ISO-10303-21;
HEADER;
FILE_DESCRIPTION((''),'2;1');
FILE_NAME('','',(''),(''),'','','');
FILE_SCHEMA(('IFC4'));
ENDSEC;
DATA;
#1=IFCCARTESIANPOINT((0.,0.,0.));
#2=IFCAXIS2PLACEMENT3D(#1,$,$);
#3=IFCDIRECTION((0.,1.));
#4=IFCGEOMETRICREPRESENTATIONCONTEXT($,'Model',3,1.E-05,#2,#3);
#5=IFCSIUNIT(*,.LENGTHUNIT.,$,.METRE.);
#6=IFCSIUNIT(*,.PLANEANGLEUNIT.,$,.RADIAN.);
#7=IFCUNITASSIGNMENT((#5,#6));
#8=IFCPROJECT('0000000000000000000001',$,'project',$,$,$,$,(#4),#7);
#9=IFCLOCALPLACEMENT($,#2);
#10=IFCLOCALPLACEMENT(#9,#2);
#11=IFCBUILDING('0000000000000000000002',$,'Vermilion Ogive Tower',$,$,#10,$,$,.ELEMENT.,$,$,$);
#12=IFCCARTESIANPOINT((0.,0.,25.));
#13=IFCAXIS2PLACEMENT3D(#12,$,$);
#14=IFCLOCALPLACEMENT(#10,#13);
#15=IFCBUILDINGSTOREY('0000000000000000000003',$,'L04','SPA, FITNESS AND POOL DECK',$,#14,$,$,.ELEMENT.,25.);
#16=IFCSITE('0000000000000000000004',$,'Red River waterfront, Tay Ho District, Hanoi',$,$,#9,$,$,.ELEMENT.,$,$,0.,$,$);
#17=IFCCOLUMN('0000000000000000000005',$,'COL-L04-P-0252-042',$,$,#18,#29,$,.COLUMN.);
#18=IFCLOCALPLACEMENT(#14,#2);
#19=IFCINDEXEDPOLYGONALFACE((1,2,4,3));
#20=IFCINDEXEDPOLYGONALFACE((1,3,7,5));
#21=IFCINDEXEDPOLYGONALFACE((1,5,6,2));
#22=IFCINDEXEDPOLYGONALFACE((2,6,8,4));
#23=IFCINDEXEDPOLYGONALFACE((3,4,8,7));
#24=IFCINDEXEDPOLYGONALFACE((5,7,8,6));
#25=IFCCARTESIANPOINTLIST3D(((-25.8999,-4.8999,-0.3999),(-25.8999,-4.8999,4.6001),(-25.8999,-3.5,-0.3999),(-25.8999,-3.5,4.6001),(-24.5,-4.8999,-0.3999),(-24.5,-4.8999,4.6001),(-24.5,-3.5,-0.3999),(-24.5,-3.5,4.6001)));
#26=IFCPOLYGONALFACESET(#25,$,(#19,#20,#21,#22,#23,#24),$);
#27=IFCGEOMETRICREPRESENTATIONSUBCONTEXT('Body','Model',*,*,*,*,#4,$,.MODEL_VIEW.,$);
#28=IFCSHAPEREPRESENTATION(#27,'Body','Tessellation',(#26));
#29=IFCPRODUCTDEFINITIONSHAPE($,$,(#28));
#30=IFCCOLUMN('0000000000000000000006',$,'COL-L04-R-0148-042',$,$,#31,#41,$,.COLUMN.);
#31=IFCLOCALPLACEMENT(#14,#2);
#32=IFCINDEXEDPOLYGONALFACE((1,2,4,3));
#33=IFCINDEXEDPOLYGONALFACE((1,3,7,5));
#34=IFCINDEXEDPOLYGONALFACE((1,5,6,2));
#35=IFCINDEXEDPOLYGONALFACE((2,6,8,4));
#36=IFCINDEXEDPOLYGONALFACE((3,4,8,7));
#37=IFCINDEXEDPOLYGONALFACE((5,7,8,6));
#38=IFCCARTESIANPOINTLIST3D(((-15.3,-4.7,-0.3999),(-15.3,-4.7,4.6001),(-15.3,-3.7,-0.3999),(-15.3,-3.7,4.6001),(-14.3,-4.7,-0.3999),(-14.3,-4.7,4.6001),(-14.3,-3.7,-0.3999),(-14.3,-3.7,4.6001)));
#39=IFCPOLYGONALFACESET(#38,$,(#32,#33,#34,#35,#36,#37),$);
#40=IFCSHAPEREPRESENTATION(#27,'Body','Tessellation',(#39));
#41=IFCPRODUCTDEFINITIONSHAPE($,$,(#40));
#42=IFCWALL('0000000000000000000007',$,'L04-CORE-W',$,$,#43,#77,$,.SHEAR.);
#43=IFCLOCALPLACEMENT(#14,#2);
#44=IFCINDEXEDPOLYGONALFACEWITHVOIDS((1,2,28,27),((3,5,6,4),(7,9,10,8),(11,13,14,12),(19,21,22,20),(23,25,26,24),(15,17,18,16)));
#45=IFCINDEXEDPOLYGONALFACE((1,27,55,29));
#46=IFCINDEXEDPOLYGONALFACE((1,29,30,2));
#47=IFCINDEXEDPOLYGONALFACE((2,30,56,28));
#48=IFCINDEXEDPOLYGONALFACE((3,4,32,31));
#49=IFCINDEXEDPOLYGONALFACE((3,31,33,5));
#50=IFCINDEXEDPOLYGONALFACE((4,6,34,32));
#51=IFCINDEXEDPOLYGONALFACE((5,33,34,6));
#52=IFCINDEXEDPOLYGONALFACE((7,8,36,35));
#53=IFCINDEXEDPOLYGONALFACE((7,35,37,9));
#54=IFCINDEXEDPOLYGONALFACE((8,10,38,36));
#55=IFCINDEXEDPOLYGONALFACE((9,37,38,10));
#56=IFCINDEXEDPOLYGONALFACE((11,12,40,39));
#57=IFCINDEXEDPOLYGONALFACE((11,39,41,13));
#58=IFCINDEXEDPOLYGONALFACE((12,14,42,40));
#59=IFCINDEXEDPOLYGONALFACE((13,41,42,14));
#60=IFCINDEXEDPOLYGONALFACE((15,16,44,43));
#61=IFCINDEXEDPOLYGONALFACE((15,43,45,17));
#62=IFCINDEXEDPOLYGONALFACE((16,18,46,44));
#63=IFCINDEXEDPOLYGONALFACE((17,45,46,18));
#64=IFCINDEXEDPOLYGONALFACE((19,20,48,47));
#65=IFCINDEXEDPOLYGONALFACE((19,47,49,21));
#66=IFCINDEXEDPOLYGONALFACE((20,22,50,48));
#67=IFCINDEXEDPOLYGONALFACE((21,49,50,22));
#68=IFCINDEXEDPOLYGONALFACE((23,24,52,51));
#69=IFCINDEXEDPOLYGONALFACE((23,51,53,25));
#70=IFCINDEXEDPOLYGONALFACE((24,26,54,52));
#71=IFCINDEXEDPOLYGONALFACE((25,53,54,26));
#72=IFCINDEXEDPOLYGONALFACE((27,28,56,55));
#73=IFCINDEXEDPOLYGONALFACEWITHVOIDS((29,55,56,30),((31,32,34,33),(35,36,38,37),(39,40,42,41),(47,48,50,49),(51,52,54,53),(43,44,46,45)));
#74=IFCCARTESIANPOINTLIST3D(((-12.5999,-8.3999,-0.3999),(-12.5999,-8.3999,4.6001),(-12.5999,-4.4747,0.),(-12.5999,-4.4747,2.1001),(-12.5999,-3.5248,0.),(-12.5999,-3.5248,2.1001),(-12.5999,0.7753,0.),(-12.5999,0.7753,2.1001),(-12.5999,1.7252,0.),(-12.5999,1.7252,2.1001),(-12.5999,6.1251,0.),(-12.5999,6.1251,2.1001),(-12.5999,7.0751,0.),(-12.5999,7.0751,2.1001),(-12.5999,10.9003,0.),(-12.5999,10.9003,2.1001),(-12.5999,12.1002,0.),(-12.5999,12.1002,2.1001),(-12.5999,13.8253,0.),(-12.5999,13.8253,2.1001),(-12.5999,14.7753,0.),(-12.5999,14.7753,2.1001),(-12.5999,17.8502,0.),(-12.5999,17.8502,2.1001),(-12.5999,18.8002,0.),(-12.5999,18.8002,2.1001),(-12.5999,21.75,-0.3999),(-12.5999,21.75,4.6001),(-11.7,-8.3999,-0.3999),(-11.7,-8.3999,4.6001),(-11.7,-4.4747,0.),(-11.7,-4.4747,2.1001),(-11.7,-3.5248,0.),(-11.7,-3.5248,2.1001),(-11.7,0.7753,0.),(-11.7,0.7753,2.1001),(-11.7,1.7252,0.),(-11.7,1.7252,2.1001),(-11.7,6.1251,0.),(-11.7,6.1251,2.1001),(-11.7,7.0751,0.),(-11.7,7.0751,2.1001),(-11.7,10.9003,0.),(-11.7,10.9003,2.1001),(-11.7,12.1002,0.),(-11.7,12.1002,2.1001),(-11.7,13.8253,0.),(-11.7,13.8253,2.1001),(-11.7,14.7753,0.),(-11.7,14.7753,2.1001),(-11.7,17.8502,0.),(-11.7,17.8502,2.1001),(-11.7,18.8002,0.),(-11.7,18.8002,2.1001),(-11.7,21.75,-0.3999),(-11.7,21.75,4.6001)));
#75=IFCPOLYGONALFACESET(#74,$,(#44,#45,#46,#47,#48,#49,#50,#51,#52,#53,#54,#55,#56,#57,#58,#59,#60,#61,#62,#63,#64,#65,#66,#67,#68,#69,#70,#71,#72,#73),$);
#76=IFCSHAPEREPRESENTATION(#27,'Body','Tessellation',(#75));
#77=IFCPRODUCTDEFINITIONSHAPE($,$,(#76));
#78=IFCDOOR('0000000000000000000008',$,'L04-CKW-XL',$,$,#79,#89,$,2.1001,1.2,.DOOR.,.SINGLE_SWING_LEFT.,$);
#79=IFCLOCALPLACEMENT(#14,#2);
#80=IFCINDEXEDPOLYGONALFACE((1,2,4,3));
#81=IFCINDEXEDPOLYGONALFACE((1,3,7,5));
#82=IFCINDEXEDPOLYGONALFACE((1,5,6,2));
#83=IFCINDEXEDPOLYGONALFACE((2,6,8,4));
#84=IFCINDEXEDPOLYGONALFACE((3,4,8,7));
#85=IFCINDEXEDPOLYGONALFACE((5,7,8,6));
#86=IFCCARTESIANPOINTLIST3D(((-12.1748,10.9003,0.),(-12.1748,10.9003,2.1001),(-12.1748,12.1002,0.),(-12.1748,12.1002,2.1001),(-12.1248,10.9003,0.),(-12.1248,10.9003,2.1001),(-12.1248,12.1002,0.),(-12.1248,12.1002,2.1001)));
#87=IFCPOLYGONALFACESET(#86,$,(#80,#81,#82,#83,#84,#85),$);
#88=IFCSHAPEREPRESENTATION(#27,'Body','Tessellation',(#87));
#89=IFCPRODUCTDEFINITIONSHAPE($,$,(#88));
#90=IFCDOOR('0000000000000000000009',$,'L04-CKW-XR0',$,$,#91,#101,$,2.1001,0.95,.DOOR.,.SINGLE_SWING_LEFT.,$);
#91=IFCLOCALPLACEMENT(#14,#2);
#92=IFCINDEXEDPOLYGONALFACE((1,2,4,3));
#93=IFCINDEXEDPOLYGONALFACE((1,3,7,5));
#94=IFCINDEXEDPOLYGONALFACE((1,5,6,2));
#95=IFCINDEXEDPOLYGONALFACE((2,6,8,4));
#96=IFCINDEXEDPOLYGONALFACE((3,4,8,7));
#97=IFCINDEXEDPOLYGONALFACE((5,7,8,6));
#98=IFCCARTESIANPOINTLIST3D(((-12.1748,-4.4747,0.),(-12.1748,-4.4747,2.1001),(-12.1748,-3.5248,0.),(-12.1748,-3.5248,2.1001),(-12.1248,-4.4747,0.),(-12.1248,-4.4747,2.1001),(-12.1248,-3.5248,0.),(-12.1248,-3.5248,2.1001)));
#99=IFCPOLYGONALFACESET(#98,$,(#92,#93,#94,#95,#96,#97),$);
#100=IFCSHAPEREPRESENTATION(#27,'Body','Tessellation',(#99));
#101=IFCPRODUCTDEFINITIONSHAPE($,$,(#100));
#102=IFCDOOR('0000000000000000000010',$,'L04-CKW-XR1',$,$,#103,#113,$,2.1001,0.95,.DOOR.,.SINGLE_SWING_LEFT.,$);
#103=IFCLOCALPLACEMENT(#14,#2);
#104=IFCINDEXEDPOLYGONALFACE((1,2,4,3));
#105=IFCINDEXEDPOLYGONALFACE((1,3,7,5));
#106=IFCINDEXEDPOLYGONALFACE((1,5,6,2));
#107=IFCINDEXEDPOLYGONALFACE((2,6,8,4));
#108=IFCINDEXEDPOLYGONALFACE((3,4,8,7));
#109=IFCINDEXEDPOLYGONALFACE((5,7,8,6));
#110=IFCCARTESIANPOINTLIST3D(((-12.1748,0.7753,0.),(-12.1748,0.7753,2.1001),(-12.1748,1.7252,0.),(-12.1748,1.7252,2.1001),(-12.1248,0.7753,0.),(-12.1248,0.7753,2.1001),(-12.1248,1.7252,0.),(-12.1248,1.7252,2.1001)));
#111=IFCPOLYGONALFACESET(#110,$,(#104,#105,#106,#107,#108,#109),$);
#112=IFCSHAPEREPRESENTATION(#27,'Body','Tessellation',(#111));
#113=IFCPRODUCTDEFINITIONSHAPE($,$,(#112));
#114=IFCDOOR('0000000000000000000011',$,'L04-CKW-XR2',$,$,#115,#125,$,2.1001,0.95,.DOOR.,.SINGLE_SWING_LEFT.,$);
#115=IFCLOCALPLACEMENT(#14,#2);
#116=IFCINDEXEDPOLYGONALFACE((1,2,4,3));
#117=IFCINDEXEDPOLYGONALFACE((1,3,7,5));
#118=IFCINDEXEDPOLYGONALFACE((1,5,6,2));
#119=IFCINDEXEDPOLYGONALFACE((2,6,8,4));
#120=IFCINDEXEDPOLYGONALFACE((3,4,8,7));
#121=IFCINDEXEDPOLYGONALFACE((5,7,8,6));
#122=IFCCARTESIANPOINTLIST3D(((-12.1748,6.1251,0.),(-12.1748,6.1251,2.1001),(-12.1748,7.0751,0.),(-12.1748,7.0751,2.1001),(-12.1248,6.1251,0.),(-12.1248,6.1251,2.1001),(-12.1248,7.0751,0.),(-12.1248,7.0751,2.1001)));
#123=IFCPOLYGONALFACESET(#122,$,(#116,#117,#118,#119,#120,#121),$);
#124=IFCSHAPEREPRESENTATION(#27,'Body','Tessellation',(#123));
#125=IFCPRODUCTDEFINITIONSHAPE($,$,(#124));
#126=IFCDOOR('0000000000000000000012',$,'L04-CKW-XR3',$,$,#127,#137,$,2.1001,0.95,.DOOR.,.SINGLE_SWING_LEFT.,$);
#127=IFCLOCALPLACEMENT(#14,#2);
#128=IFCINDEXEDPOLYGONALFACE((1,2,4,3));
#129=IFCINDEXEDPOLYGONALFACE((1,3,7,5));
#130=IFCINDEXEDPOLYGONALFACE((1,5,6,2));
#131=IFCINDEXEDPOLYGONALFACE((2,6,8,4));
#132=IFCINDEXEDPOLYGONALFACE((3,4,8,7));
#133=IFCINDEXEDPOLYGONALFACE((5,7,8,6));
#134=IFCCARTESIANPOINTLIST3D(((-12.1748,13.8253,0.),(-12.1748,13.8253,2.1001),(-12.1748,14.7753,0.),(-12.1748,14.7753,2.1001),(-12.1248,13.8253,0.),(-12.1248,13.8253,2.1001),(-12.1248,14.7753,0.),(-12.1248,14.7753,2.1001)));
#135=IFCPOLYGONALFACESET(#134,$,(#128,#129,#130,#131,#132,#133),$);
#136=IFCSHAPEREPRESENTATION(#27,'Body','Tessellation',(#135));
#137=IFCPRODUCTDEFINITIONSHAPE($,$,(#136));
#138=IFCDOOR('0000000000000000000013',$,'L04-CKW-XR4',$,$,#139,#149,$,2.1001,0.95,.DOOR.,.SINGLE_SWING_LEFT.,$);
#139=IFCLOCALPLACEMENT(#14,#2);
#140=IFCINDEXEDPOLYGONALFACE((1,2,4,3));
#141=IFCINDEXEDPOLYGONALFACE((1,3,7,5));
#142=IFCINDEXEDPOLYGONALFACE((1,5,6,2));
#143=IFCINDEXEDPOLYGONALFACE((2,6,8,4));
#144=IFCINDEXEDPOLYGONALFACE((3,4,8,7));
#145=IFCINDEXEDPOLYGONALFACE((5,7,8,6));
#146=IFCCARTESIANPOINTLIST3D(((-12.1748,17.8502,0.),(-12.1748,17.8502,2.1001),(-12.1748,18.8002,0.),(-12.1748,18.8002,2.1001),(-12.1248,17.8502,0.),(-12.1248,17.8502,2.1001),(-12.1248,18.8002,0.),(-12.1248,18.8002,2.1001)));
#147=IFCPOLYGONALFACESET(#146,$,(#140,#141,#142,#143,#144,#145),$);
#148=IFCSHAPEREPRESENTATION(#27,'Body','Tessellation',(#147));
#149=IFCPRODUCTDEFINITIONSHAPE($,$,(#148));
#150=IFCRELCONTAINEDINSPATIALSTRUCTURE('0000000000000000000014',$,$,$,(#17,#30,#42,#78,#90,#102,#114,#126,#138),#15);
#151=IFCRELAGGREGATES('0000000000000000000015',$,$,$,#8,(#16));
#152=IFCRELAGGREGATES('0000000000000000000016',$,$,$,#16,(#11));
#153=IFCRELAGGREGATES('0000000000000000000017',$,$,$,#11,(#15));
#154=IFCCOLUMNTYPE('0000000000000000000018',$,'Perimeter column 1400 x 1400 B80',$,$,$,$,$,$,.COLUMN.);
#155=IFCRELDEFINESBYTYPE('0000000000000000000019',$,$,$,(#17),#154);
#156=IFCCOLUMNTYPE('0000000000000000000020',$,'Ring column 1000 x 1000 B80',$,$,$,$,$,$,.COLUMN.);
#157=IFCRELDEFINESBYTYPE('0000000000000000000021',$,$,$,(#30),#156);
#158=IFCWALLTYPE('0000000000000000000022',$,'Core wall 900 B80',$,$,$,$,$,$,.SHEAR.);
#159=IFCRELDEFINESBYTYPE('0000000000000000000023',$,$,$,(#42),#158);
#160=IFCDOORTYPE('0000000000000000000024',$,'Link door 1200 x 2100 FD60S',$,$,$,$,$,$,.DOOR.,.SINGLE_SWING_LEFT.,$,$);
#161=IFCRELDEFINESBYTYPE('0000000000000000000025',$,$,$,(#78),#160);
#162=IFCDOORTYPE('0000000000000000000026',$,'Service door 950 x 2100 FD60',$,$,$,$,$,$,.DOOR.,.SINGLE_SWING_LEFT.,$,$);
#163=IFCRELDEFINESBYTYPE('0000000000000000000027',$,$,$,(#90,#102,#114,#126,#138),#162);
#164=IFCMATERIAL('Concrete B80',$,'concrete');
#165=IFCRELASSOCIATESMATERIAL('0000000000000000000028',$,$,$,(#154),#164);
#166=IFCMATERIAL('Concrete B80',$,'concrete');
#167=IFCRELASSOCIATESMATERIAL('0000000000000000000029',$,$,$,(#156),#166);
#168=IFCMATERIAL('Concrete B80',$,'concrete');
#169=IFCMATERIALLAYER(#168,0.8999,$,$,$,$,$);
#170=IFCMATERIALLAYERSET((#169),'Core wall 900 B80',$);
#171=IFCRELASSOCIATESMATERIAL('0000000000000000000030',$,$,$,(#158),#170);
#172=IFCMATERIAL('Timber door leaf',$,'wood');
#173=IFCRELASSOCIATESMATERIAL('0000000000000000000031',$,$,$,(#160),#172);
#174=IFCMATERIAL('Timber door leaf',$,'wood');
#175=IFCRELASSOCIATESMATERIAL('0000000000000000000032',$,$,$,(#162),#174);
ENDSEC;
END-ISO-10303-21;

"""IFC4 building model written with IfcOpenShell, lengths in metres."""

from ifc_helpers import new_model, si_unit, direction, frame, frame_2d, origin, origin_2d, place, context, subcontext, project, spatial, rectangle, extrude, material, layer, layer_set, material_profile, profile_set, type_object, element, fill, save


model = new_model("IFC4")

# Units and contexts
model_context = context("Model", 3, precision=1e-05, world=origin(), true_north=direction((0.0, 1.0)))
body_context = subcontext(model_context, "Body", "Model", "MODEL_VIEW")
ifc_project = project(units=[si_unit("LENGTHUNIT", "METRE"), si_unit("PLANEANGLEUNIT", "RADIAN")], contexts=[model_context])

# Site, building, storey
site_placement = place(None, origin())
site = spatial("IfcSite", under=ifc_project, at=site_placement, Name="Red River waterfront, Tay Ho District, Hanoi", CompositionType="ELEMENT", RefElevation=0.0)
building_placement = place(site_placement, origin())
building = spatial("IfcBuilding", under=site, at=building_placement, Name="Vermilion Ogive Tower", CompositionType="ELEMENT")
storey_placement = place(building_placement, frame((0.0, 0.0, 25.0)))
storey = spatial("IfcBuildingStorey", under=building, at=storey_placement, Name="L04", Description="SPA, FITNESS AND POOL DECK", CompositionType="ELEMENT", Elevation=25.0)

# Columns
ifc_material_1 = material(Name="Concrete B80", Category="concrete")
ifc_material_profile_1 = material_profile(ifc_material_1, rectangle(XDim=1.3999, YDim=1.3999, at=origin_2d()), Name="1400 x 1400")
ifc_profile_set_1 = profile_set([ifc_material_profile_1], Name="Concrete B80")
column_type_1 = type_object("IfcColumnType", Name="Perimeter column 1400 x 1400 B80", PredefinedType="COLUMN", material=ifc_profile_set_1)
column_1_placement = place(storey_placement, frame((-25.2, -4.2, -0.3999), z_axis=(0.0, 0.0, 1.0), x_axis=(1.0, 0.0, 0.0)))
element("IfcColumn", 1, at=column_1_placement, inside=storey, type_object=column_type_1, Name="COL-L04-P-0252-042", PredefinedType="COLUMN", context=body_context, shape_type="SweptSolid", body=[
    extrude(rectangle(XDim=1.3999, YDim=1.3999, at=origin_2d()), origin(), (0.0, 0.0, 1.0), 5.0),
])
ifc_material_2 = material(Name="Concrete B80", Category="concrete")
ifc_material_profile_2 = material_profile(ifc_material_2, rectangle(XDim=1.0, YDim=1.0, at=origin_2d()), Name="1000 x 1000")
ifc_profile_set_2 = profile_set([ifc_material_profile_2], Name="Concrete B80")
column_type_2 = type_object("IfcColumnType", Name="Ring column 1000 x 1000 B80", PredefinedType="COLUMN", material=ifc_profile_set_2)
column_2_placement = place(storey_placement, frame((-14.8, -4.2, -0.3999), z_axis=(0.0, 0.0, 1.0), x_axis=(1.0, 0.0, 0.0)))
element("IfcColumn", 2, at=column_2_placement, inside=storey, type_object=column_type_2, Name="COL-L04-R-0148-042", PredefinedType="COLUMN", context=body_context, shape_type="SweptSolid", body=[
    extrude(rectangle(XDim=1.0, YDim=1.0, at=origin_2d()), origin(), (0.0, 0.0, 1.0), 5.0),
])

# Wall, openings, doors
ifc_material_3 = material(Name="Concrete B80", Category="concrete")
ifc_layer_1 = layer(ifc_material_3, 0.8999)
ifc_layer_set_1 = layer_set([ifc_layer_1], Name="Core wall 900 B80")
wall_type_1 = type_object("IfcWallType", Name="Core wall 900 B80", PredefinedType="SHEAR", material=ifc_layer_set_1)
wall_1_placement = place(storey_placement, frame((-12.1499, -8.3999, -0.3999), z_axis=(0.0, 0.0, 1.0), x_axis=(0.0, 1.0, 0.0)))
wall_1 = element("IfcWall", 3, at=wall_1_placement, inside=storey, type_object=wall_type_1, Name="L04-CORE-W", PredefinedType="SHEAR", context=body_context, shape_type="SweptSolid", body=[
    extrude(rectangle(XDim=30.1499, YDim=0.8999, at=frame_2d((15.075, 0.0))), origin(), (0.0, 0.0, 1.0), 5.0),
])
opening_1_placement = place(wall_1_placement, frame((3.925, 0.0, 0.3999)))
opening_1 = element("IfcOpeningElement", 4, at=opening_1_placement, cuts=wall_1, PredefinedType="OPENING", context=body_context, shape_type="SweptSolid", body=[
    extrude(rectangle(XDim=0.95, YDim=2.1001, at=frame_2d((0.4751, 1.05))), frame((0.0, 0.46, 0.0), z_axis=(0.0, -1.0, 0.0), x_axis=(1.0, 0.0, 0.0)), (0.0, 0.0, 1.0), 0.9199),
])
opening_2_placement = place(wall_1_placement, frame((9.175, 0.0, 0.3999)))
opening_2 = element("IfcOpeningElement", 5, at=opening_2_placement, cuts=wall_1, PredefinedType="OPENING", context=body_context, shape_type="SweptSolid", body=[
    extrude(rectangle(XDim=0.95, YDim=2.1001, at=frame_2d((0.4751, 1.05))), frame((0.0, 0.46, 0.0), z_axis=(0.0, -1.0, 0.0), x_axis=(1.0, 0.0, 0.0)), (0.0, 0.0, 1.0), 0.9199),
])
opening_3_placement = place(wall_1_placement, frame((14.5249, 0.0, 0.3999)))
opening_3 = element("IfcOpeningElement", 6, at=opening_3_placement, cuts=wall_1, PredefinedType="OPENING", context=body_context, shape_type="SweptSolid", body=[
    extrude(rectangle(XDim=0.95, YDim=2.1001, at=frame_2d((0.4751, 1.05))), frame((0.0, 0.46, 0.0), z_axis=(0.0, -1.0, 0.0), x_axis=(1.0, 0.0, 0.0)), (0.0, 0.0, 1.0), 0.9199),
])
opening_4_placement = place(wall_1_placement, frame((22.2251, 0.0, 0.3999)))
opening_4 = element("IfcOpeningElement", 7, at=opening_4_placement, cuts=wall_1, PredefinedType="OPENING", context=body_context, shape_type="SweptSolid", body=[
    extrude(rectangle(XDim=0.95, YDim=2.1001, at=frame_2d((0.4751, 1.05))), frame((0.0, 0.46, 0.0), z_axis=(0.0, -1.0, 0.0), x_axis=(1.0, 0.0, 0.0)), (0.0, 0.0, 1.0), 0.9199),
])
opening_5_placement = place(wall_1_placement, frame((26.25, 0.0, 0.3999)))
opening_5 = element("IfcOpeningElement", 8, at=opening_5_placement, cuts=wall_1, PredefinedType="OPENING", context=body_context, shape_type="SweptSolid", body=[
    extrude(rectangle(XDim=0.95, YDim=2.1001, at=frame_2d((0.4751, 1.05))), frame((0.0, 0.46, 0.0), z_axis=(0.0, -1.0, 0.0), x_axis=(1.0, 0.0, 0.0)), (0.0, 0.0, 1.0), 0.9199),
])
opening_6_placement = place(wall_1_placement, frame((19.3, 0.0, 0.3999)))
opening_6 = element("IfcOpeningElement", 9, at=opening_6_placement, cuts=wall_1, PredefinedType="OPENING", context=body_context, shape_type="SweptSolid", body=[
    extrude(rectangle(XDim=1.2, YDim=2.1001, at=frame_2d((0.6001, 1.05))), frame((0.0, 0.46, 0.0), z_axis=(0.0, -1.0, 0.0), x_axis=(1.0, 0.0, 0.0)), (0.0, 0.0, 1.0), 0.9199),
])
ifc_material_4 = material(Name="Timber door leaf", Category="wood")
door_type_1 = type_object("IfcDoorType", Name="Link door 1200 x 2100 FD60S", OperationType="SINGLE_SWING_LEFT", PredefinedType="DOOR", material=ifc_material_4)
door_1_placement = place(opening_6_placement, origin())
door_1 = element("IfcDoor", 10, at=door_1_placement, inside=storey, type_object=door_type_1, Name="L04-CKW-XL", OperationType="SINGLE_SWING_LEFT", OverallHeight=2.1001, OverallWidth=1.2, PredefinedType="DOOR", context=body_context, shape_type="SweptSolid", body=[
    extrude(rectangle(XDim=1.2, YDim=2.1001, at=frame_2d((0.6001, 1.05))), frame((0.0, 0.0249, 0.0), z_axis=(0.0, -1.0, 0.0), x_axis=(1.0, 0.0, 0.0)), (0.0, 0.0, 1.0), 0.05),
])
fill(opening_6, door_1)
ifc_material_5 = material(Name="Timber door leaf", Category="wood")
door_type_2 = type_object("IfcDoorType", Name="Service door 950 x 2100 FD60", OperationType="SINGLE_SWING_LEFT", PredefinedType="DOOR", material=ifc_material_5)
door_2_placement = place(opening_1_placement, origin())
door_2 = element("IfcDoor", 11, at=door_2_placement, inside=storey, type_object=door_type_2, Name="L04-CKW-XR0", OperationType="SINGLE_SWING_LEFT", OverallHeight=2.1001, OverallWidth=0.95, PredefinedType="DOOR", context=body_context, shape_type="SweptSolid", body=[
    extrude(rectangle(XDim=0.95, YDim=2.1001, at=frame_2d((0.4751, 1.05))), frame((0.0, 0.0249, 0.0), z_axis=(0.0, -1.0, 0.0), x_axis=(1.0, 0.0, 0.0)), (0.0, 0.0, 1.0), 0.05),
])
fill(opening_1, door_2)
door_3_placement = place(opening_2_placement, origin())
door_3 = element("IfcDoor", 12, at=door_3_placement, inside=storey, type_object=door_type_2, Name="L04-CKW-XR1", OperationType="SINGLE_SWING_LEFT", OverallHeight=2.1001, OverallWidth=0.95, PredefinedType="DOOR", context=body_context, shape_type="SweptSolid", body=[
    extrude(rectangle(XDim=0.95, YDim=2.1001, at=frame_2d((0.4751, 1.05))), frame((0.0, 0.0249, 0.0), z_axis=(0.0, -1.0, 0.0), x_axis=(1.0, 0.0, 0.0)), (0.0, 0.0, 1.0), 0.05),
])
fill(opening_2, door_3)
door_4_placement = place(opening_3_placement, origin())
door_4 = element("IfcDoor", 13, at=door_4_placement, inside=storey, type_object=door_type_2, Name="L04-CKW-XR2", OperationType="SINGLE_SWING_LEFT", OverallHeight=2.1001, OverallWidth=0.95, PredefinedType="DOOR", context=body_context, shape_type="SweptSolid", body=[
    extrude(rectangle(XDim=0.95, YDim=2.1001, at=frame_2d((0.4751, 1.05))), frame((0.0, 0.0249, 0.0), z_axis=(0.0, -1.0, 0.0), x_axis=(1.0, 0.0, 0.0)), (0.0, 0.0, 1.0), 0.05),
])
fill(opening_3, door_4)
door_5_placement = place(opening_4_placement, origin())
door_5 = element("IfcDoor", 14, at=door_5_placement, inside=storey, type_object=door_type_2, Name="L04-CKW-XR3", OperationType="SINGLE_SWING_LEFT", OverallHeight=2.1001, OverallWidth=0.95, PredefinedType="DOOR", context=body_context, shape_type="SweptSolid", body=[
    extrude(rectangle(XDim=0.95, YDim=2.1001, at=frame_2d((0.4751, 1.05))), frame((0.0, 0.0249, 0.0), z_axis=(0.0, -1.0, 0.0), x_axis=(1.0, 0.0, 0.0)), (0.0, 0.0, 1.0), 0.05),
])
fill(opening_4, door_5)
door_6_placement = place(opening_5_placement, origin())
door_6 = element("IfcDoor", 15, at=door_6_placement, inside=storey, type_object=door_type_2, Name="L04-CKW-XR4", OperationType="SINGLE_SWING_LEFT", OverallHeight=2.1001, OverallWidth=0.95, PredefinedType="DOOR", context=body_context, shape_type="SweptSolid", body=[
    extrude(rectangle(XDim=0.95, YDim=2.1001, at=frame_2d((0.4751, 1.05))), frame((0.0, 0.0249, 0.0), z_axis=(0.0, -1.0, 0.0), x_axis=(1.0, 0.0, 0.0)), (0.0, 0.0, 1.0), 0.05),
])
fill(opening_5, door_6)

save(model, "model.ifc")
